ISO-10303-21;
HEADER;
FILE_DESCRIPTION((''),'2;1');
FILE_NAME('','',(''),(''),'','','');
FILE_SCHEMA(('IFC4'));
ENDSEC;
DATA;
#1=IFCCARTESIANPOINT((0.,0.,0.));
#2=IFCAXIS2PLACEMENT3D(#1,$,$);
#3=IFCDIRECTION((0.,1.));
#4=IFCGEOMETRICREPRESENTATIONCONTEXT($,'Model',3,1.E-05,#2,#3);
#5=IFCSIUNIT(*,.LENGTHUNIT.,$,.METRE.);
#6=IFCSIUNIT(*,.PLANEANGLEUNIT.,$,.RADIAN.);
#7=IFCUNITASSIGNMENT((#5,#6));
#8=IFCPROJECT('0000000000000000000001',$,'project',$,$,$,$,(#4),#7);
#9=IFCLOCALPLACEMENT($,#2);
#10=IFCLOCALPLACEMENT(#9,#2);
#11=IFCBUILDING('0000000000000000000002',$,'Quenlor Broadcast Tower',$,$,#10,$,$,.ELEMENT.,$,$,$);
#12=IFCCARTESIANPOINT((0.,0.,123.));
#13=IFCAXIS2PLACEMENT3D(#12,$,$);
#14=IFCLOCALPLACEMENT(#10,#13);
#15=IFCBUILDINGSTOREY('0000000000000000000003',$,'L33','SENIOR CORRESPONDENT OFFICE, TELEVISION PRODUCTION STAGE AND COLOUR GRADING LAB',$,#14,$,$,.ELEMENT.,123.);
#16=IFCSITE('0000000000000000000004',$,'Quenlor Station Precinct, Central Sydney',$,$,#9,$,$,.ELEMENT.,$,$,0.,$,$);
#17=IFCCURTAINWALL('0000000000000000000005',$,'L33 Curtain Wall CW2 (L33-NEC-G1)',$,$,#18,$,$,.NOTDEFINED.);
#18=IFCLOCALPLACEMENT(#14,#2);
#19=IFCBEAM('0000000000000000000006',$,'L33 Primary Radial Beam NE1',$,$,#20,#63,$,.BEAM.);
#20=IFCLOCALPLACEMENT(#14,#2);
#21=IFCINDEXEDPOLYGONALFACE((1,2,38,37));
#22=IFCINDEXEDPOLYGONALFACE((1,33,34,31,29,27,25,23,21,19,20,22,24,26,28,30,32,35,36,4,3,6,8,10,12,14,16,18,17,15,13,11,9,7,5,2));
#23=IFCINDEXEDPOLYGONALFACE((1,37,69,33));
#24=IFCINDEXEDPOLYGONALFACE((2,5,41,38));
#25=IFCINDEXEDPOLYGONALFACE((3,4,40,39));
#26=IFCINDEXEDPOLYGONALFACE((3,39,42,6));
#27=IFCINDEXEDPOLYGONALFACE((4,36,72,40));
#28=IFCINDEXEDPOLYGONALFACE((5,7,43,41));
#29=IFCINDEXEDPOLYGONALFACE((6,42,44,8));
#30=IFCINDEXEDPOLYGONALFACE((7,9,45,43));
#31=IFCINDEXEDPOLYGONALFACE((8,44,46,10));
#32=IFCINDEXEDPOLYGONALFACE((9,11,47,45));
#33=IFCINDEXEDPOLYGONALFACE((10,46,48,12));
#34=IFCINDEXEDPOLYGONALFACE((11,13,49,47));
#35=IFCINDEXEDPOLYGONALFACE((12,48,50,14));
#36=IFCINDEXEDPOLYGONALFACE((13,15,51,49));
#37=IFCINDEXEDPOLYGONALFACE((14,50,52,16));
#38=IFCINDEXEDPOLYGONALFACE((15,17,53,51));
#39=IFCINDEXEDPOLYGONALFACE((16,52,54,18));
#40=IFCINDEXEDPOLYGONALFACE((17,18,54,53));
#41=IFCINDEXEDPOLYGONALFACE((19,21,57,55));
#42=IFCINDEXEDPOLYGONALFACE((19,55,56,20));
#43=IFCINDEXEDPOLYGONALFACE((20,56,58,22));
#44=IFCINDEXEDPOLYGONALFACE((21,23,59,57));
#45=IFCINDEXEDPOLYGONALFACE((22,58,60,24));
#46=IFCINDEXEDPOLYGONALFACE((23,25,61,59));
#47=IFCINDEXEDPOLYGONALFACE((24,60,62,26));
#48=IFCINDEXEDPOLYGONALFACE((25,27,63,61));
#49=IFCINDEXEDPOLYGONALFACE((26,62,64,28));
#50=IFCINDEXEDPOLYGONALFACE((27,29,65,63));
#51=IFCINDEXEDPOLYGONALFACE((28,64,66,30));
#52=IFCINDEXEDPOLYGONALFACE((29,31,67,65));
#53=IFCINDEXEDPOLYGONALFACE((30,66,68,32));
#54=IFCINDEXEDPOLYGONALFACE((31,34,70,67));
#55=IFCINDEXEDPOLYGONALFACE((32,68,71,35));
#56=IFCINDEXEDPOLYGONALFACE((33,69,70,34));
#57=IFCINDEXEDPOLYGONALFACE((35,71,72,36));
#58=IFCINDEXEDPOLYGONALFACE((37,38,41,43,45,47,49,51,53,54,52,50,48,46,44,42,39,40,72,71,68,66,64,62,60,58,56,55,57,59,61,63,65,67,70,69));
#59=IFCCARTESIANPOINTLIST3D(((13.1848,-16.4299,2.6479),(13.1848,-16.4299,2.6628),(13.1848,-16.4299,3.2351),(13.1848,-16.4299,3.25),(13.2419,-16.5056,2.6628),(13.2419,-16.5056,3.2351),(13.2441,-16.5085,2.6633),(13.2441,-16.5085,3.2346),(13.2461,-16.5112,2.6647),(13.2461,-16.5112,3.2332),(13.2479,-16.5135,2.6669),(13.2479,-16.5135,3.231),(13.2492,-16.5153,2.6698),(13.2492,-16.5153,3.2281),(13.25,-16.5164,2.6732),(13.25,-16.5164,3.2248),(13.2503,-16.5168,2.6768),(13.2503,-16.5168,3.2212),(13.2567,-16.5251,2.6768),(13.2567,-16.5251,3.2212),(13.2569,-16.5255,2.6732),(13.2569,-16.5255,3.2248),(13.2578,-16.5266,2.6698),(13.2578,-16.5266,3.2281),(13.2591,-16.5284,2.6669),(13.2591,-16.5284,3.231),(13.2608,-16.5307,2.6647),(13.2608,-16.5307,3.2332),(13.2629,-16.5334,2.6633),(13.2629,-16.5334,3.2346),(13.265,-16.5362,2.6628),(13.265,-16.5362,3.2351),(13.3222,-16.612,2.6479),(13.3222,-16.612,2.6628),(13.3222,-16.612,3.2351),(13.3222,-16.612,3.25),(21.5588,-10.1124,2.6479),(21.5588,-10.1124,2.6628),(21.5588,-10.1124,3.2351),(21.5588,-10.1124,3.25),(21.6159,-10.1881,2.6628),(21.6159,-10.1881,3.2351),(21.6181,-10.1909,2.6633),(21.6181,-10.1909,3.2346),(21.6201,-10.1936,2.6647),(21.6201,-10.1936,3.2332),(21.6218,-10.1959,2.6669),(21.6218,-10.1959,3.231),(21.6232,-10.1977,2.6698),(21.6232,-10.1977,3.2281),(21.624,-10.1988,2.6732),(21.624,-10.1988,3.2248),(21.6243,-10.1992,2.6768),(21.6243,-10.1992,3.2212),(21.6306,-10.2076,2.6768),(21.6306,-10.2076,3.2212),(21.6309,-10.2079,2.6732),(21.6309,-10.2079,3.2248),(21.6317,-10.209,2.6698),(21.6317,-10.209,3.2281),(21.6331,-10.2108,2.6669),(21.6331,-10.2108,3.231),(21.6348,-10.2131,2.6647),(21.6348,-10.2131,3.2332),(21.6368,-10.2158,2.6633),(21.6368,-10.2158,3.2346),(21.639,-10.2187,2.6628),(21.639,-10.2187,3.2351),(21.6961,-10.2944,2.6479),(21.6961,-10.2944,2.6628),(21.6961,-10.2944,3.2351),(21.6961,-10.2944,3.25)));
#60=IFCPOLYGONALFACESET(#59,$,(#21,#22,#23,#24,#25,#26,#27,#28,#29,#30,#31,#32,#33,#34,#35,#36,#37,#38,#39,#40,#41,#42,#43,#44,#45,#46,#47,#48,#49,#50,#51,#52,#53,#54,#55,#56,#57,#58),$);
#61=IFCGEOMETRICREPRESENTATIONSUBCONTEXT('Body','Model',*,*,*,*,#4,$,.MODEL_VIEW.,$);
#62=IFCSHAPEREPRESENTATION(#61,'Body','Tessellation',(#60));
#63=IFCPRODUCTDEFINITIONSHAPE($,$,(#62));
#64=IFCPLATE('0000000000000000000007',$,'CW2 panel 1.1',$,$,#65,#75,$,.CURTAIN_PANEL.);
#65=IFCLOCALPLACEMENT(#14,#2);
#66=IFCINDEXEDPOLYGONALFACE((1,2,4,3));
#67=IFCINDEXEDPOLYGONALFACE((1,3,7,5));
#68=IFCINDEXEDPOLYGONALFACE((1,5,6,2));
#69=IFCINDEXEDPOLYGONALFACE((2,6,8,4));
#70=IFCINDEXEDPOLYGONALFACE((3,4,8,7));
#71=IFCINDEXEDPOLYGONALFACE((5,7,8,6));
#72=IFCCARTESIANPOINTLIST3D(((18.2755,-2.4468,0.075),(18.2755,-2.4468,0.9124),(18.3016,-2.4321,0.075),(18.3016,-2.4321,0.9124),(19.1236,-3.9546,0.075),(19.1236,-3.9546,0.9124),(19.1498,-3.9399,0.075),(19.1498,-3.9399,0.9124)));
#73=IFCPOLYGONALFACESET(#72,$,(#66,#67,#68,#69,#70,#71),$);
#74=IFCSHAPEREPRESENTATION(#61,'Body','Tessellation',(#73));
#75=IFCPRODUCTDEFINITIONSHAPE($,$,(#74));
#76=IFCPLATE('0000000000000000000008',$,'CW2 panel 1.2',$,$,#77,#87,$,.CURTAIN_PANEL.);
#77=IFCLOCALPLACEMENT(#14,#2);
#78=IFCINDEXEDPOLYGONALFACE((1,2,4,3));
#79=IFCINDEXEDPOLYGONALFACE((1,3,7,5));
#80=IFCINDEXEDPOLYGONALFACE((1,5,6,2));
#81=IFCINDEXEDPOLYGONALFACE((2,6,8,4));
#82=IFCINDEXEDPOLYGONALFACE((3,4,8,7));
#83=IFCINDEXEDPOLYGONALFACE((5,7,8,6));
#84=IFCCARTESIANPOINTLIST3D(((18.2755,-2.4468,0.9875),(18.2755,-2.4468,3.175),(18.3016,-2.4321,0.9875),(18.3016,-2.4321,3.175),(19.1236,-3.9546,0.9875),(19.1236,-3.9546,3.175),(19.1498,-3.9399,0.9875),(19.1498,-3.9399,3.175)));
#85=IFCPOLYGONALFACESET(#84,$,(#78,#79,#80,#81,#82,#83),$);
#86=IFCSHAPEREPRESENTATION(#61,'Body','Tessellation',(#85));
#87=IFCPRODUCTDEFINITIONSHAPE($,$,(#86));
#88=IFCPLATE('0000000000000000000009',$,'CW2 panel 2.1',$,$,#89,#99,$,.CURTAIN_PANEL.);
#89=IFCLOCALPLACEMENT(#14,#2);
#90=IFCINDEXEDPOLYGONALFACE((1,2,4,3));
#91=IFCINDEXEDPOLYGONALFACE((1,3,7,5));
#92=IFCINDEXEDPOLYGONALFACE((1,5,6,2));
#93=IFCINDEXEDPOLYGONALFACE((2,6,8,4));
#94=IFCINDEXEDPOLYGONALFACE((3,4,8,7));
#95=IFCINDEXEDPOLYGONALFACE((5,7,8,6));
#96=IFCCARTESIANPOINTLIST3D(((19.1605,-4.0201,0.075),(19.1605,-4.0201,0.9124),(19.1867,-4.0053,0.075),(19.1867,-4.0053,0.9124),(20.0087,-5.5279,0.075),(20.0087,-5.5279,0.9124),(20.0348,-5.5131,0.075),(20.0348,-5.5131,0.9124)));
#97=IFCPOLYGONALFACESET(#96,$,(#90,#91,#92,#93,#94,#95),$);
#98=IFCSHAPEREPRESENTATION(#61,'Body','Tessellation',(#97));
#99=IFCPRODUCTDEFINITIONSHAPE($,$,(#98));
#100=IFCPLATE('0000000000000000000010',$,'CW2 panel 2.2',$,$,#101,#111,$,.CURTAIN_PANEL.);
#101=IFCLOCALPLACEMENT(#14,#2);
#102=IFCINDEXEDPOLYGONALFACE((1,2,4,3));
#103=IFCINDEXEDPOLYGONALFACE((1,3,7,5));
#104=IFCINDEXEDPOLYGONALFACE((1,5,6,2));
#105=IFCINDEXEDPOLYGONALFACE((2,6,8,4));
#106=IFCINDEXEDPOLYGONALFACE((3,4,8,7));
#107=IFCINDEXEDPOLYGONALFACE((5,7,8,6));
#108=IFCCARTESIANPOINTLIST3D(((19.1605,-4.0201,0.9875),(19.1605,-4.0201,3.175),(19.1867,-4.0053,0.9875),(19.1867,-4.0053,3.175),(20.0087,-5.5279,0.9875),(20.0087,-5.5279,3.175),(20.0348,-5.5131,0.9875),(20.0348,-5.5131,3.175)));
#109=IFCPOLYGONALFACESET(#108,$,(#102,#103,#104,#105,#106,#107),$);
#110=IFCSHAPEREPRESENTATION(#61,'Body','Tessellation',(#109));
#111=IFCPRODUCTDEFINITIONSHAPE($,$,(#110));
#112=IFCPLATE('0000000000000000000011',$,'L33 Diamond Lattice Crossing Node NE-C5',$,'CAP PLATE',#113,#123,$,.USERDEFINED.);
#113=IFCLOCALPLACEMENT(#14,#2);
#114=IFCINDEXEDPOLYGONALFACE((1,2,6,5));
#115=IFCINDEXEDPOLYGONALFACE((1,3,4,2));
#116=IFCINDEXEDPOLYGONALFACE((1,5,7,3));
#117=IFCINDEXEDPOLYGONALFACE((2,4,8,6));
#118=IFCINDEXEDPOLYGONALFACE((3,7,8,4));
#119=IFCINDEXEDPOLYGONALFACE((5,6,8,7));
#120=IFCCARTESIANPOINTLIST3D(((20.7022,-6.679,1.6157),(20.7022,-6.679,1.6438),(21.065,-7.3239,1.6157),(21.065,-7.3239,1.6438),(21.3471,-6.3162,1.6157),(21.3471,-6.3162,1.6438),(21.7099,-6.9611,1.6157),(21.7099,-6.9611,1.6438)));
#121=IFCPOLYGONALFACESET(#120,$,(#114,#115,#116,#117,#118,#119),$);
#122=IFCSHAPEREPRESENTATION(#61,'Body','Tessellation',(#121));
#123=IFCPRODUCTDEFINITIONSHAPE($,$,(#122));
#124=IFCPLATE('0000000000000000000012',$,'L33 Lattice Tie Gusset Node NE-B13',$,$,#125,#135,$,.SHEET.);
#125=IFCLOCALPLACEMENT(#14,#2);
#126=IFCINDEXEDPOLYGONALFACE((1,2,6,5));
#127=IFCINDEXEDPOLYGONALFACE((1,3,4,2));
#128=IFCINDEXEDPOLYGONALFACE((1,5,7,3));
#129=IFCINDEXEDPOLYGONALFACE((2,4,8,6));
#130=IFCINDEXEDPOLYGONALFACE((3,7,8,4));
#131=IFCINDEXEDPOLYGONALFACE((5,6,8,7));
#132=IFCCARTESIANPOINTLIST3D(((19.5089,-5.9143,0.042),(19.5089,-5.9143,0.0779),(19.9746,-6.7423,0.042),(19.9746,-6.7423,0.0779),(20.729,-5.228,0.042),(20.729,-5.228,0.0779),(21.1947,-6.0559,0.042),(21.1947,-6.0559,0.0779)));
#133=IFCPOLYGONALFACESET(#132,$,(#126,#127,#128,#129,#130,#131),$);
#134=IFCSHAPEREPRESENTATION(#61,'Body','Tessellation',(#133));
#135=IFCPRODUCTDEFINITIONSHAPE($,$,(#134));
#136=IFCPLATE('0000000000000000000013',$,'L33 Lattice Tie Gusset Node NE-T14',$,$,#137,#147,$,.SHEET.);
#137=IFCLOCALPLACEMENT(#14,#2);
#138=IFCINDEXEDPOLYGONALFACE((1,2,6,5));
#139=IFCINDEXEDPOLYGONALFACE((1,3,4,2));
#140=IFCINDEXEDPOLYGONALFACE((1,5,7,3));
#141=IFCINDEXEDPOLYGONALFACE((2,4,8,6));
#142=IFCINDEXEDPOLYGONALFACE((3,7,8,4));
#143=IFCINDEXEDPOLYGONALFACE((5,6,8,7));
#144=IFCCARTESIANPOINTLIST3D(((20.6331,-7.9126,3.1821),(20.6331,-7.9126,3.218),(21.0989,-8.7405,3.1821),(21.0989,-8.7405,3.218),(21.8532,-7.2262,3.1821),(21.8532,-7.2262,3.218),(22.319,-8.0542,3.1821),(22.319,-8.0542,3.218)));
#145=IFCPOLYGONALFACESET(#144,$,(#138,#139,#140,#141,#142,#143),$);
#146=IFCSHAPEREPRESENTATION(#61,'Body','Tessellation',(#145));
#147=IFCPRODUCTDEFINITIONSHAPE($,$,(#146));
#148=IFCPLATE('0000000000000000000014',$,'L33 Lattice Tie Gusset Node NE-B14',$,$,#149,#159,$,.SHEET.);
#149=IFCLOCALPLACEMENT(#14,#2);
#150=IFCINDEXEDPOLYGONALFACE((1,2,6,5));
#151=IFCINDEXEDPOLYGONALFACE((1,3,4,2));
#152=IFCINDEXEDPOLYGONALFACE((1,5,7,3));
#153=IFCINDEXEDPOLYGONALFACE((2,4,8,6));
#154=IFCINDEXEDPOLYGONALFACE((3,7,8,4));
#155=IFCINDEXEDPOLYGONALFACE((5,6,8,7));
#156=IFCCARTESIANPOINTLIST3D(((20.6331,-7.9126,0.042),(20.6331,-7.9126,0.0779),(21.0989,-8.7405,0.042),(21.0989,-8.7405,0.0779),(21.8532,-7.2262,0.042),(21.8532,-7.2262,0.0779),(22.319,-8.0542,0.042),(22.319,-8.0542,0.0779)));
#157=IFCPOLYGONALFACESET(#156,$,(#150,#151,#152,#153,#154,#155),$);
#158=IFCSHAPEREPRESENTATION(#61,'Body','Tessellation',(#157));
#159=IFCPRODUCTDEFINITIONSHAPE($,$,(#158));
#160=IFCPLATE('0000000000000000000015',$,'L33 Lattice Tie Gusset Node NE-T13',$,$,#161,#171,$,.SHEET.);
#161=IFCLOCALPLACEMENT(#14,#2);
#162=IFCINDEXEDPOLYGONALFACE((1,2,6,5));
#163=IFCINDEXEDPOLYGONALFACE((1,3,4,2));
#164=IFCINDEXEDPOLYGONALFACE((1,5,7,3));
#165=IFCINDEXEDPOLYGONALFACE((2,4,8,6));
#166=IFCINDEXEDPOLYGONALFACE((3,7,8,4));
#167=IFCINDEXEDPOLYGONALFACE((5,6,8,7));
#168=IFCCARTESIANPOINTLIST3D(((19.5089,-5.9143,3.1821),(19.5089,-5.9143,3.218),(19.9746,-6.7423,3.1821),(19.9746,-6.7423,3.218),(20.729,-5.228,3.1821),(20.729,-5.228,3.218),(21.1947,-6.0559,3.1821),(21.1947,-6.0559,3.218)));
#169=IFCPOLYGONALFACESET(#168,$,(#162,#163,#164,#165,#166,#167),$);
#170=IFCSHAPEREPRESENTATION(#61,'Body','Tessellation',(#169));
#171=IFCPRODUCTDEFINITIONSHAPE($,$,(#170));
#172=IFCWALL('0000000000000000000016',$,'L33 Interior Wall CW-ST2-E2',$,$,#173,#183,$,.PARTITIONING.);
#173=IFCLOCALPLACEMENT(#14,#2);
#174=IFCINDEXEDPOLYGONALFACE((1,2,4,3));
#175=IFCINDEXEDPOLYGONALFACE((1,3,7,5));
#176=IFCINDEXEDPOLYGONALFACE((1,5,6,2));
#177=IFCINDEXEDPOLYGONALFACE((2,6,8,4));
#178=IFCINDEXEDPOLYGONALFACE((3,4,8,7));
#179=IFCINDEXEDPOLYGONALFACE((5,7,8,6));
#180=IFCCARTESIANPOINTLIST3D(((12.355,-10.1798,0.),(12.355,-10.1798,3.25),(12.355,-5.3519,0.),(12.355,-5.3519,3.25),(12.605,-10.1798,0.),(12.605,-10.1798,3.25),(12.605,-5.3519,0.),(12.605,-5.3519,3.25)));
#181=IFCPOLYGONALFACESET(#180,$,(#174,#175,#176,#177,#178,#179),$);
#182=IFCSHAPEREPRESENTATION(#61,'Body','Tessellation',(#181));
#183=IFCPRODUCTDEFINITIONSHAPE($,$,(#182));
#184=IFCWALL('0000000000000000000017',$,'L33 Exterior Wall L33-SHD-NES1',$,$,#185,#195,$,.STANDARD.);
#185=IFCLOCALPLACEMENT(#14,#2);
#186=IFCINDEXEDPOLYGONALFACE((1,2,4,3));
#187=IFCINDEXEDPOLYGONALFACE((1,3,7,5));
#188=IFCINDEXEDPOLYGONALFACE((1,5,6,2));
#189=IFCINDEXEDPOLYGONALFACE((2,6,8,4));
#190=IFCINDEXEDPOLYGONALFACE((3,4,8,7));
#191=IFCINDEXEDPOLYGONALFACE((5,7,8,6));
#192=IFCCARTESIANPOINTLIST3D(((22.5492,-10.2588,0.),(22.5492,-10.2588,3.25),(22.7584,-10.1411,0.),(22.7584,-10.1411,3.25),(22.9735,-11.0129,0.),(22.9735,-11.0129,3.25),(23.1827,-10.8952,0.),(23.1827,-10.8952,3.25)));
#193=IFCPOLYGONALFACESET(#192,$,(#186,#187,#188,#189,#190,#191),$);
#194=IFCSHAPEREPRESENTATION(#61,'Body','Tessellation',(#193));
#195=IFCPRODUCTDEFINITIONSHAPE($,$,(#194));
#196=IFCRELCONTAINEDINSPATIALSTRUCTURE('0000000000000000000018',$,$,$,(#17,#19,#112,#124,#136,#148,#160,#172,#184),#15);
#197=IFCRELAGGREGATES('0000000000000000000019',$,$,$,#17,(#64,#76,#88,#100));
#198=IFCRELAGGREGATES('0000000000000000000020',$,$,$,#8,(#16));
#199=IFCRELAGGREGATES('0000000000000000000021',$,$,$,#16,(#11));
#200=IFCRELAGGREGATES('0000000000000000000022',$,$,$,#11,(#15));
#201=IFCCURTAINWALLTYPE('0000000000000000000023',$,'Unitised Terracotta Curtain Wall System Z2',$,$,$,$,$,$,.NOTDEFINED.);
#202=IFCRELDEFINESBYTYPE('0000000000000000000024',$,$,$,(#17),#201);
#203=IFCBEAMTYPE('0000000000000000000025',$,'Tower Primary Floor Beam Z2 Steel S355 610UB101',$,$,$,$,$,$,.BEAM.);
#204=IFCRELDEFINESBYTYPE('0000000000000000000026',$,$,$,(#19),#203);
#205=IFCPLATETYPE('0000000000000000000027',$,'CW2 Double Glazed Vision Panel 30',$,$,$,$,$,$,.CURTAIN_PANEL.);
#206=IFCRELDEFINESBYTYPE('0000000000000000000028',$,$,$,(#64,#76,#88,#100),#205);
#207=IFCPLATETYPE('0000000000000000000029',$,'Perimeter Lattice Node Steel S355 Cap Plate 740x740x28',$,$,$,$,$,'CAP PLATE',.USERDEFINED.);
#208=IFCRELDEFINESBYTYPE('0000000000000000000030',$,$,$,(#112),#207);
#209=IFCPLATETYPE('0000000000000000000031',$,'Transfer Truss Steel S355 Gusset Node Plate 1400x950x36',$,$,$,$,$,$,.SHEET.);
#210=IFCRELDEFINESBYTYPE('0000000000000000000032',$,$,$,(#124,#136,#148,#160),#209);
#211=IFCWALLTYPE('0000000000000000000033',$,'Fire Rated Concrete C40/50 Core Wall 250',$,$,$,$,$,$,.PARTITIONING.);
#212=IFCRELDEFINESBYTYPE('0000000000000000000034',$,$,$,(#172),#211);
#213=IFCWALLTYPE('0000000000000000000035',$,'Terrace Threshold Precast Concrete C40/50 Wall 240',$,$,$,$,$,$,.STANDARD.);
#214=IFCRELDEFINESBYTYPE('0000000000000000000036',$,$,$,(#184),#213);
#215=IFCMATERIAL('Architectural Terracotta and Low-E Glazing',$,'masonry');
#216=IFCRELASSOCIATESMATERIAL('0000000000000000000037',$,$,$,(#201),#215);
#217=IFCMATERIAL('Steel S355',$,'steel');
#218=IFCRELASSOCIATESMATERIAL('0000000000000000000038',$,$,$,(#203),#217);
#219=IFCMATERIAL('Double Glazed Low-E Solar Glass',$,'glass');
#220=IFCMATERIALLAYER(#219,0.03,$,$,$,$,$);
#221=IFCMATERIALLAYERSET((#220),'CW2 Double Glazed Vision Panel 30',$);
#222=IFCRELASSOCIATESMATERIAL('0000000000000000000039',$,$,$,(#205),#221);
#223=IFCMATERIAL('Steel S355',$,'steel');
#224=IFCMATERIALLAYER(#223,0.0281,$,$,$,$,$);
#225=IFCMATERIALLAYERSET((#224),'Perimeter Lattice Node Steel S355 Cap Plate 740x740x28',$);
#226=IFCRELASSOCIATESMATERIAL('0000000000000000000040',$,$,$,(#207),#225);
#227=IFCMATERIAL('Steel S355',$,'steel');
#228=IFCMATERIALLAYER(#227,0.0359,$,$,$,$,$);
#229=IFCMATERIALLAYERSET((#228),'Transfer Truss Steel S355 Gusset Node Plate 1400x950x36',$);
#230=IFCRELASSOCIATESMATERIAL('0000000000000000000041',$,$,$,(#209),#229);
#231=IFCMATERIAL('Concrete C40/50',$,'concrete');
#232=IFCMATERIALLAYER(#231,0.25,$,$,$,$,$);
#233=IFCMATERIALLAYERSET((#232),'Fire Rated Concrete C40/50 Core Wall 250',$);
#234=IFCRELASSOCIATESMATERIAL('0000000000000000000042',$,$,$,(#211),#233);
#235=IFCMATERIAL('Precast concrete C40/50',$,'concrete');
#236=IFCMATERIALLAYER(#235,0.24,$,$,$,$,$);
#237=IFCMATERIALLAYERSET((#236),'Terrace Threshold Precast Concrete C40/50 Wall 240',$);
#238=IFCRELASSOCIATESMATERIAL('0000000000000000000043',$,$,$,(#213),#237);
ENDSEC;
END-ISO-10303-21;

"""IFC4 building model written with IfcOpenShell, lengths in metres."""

from ifc_helpers import new_model, si_unit, direction, frame, frame_2d, origin, origin_2d, place, context, subcontext, project, spatial, rectangle, i_section, extrude, material, layer, layer_set, material_profile, profile_set, type_object, element, aggregate, save


model = new_model("IFC4")

# Units and contexts
model_context = context("Model", 3, precision=1e-05, world=origin(), true_north=direction((0.0, 1.0)))
body_context = subcontext(model_context, "Body", "Model", "MODEL_VIEW")
ifc_project = project(units=[si_unit("LENGTHUNIT", "METRE"), si_unit("PLANEANGLEUNIT", "RADIAN")], contexts=[model_context])

# Site, building, storey
site_placement = place(None, origin())
site = spatial("IfcSite", under=ifc_project, at=site_placement, Name="Quenlor Station Precinct, Central Sydney", CompositionType="ELEMENT", RefElevation=0.0)
building_placement = place(site_placement, origin())
building = spatial("IfcBuilding", under=site, at=building_placement, Name="Quenlor Broadcast Tower", CompositionType="ELEMENT")
storey_placement = place(building_placement, frame((0.0, 0.0, 123.0)))
storey = spatial("IfcBuildingStorey", under=building, at=storey_placement, Name="L33", Description="SENIOR CORRESPONDENT OFFICE, TELEVISION PRODUCTION STAGE AND COLOUR GRADING LAB", CompositionType="ELEMENT", Elevation=123.0)

# Curtain wall
ifc_material_1 = material(Name="Architectural Terracotta and Low-E Glazing", Category="masonry")
curtain_wall_type = type_object("IfcCurtainWallType", Name="Unitised Terracotta Curtain Wall System Z2", PredefinedType="NOTDEFINED", material=ifc_material_1)
curtain_wall_placement = place(storey_placement, origin())
curtain_wall = element("IfcCurtainWall", 1, at=curtain_wall_placement, inside=storey, type_object=curtain_wall_type, Name="L33 Curtain Wall CW2 (L33-NEC-G1)", PredefinedType="NOTDEFINED")

# Beam
ifc_material_2 = material(Name="Steel S355", Category="steel")
ifc_material_profile_1 = material_profile(ifc_material_2, i_section(OverallWidth=0.228, OverallDepth=0.6021, WebThickness=0.0105, FlangeThickness=0.0149, FilletRadius=0.0139, at=origin_2d()))
ifc_profile_set_1 = profile_set([ifc_material_profile_1], Name="Steel S355 610UB101")
beam_type_1 = type_object("IfcBeamType", Name="Tower Primary Floor Beam Z2 Steel S355 610UB101", PredefinedType="BEAM", material=ifc_profile_set_1)
beam_1_placement = place(storey_placement, frame((21.6274, -10.2034, 2.949), z_axis=(-0.798299, -0.602262, 0.0), x_axis=(0.602262, -0.798299, 0.0)))
element("IfcBeam", 2, at=beam_1_placement, inside=storey, type_object=beam_type_1, Name="L33 Primary Radial Beam NE1", PredefinedType="BEAM", context=body_context, shape_type="SweptSolid", body=[
    extrude(i_section(OverallWidth=0.228, OverallDepth=0.6021, WebThickness=0.0105, FlangeThickness=0.0149, FilletRadius=0.0139, at=origin_2d()), origin(), (0.0, 0.0, 1.0), 10.4897),
])

# Plates
ifc_material_3 = material(Name="Double Glazed Low-E Solar Glass", Category="glass")
ifc_layer_1 = layer(ifc_material_3, 0.03)
ifc_layer_set_1 = layer_set([ifc_layer_1], Name="CW2 Double Glazed Vision Panel 30")
plate_type_1 = type_object("IfcPlateType", Name="CW2 Double Glazed Vision Panel 30", PredefinedType="CURTAIN_PANEL", material=ifc_layer_set_1)
plate_1_placement = place(storey_placement, frame((18.7126, -3.1934, 0.075), z_axis=(0.0, 0.0, 1.0), x_axis=(0.490277, -0.871567, 0.0)))
plate_1 = element("IfcPlate", 3, at=plate_1_placement, type_object=plate_type_1, Name="CW2 panel 1.1", PredefinedType="CURTAIN_PANEL", context=body_context, shape_type="SweptSolid", body=[
    extrude(rectangle(XDim=1.73, YDim=0.03, at=origin_2d()), origin(), (0.0, 0.0, 1.0), 0.8374),
])
plate_2_placement = place(storey_placement, frame((18.7126, -3.1934, 0.9875), z_axis=(0.0, 0.0, 1.0), x_axis=(0.490277, -0.871567, 0.0)))
plate_2 = element("IfcPlate", 4, at=plate_2_placement, type_object=plate_type_1, Name="CW2 panel 1.2", PredefinedType="CURTAIN_PANEL", context=body_context, shape_type="SweptSolid", body=[
    extrude(rectangle(XDim=1.73, YDim=0.03, at=origin_2d()), origin(), (0.0, 0.0, 1.0), 2.1875),
])
plate_3_placement = place(storey_placement, frame((19.5977, -4.7666, 0.075), z_axis=(0.0, 0.0, 1.0), x_axis=(0.490277, -0.871567, 0.0)))
plate_3 = element("IfcPlate", 5, at=plate_3_placement, type_object=plate_type_1, Name="CW2 panel 2.1", PredefinedType="CURTAIN_PANEL", context=body_context, shape_type="SweptSolid", body=[
    extrude(rectangle(XDim=1.73, YDim=0.03, at=origin_2d()), origin(), (0.0, 0.0, 1.0), 0.8374),
])
plate_4_placement = place(storey_placement, frame((19.5977, -4.7666, 0.9875), z_axis=(0.0, 0.0, 1.0), x_axis=(0.490277, -0.871567, 0.0)))
plate_4 = element("IfcPlate", 6, at=plate_4_placement, type_object=plate_type_1, Name="CW2 panel 2.2", PredefinedType="CURTAIN_PANEL", context=body_context, shape_type="SweptSolid", body=[
    extrude(rectangle(XDim=1.73, YDim=0.03, at=origin_2d()), origin(), (0.0, 0.0, 1.0), 2.1875),
])
aggregate(curtain_wall, [plate_1, plate_2, plate_3, plate_4])

# Plates
ifc_material_4 = material(Name="Steel S355", Category="steel")
ifc_layer_2 = layer(ifc_material_4, 0.0281)
ifc_layer_set_2 = layer_set([ifc_layer_2], Name="Perimeter Lattice Node Steel S355 Cap Plate 740x740x28")
plate_type_2 = type_object("IfcPlateType", Name="Perimeter Lattice Node Steel S355 Cap Plate 740x740x28", ElementType="CAP PLATE", PredefinedType="USERDEFINED", material=ifc_layer_set_2)
plate_5_placement = place(storey_placement, frame((21.2061, -6.8201, 1.6157), z_axis=(0.0, 0.0, 1.0), x_axis=(0.490295, -0.871556, 0.0)))
element("IfcPlate", 7, at=plate_5_placement, inside=storey, type_object=plate_type_2, Name="L33 Diamond Lattice Crossing Node NE-C5", ObjectType="CAP PLATE", PredefinedType="USERDEFINED", context=body_context, shape_type="SweptSolid", body=[
    extrude(rectangle(XDim=0.74, YDim=0.74, at=origin_2d()), origin(), (0.0, 0.0, 1.0), 0.0281),
])
ifc_material_5 = material(Name="Steel S355", Category="steel")
ifc_layer_3 = layer(ifc_material_5, 0.0359)
ifc_layer_set_3 = layer_set([ifc_layer_3], Name="Transfer Truss Steel S355 Gusset Node Plate 1400x950x36")
plate_type_3 = type_object("IfcPlateType", Name="Transfer Truss Steel S355 Gusset Node Plate 1400x950x36", PredefinedType="SHEET", material=ifc_layer_set_3)
for number, where, z_axis, x_axis, name in (
    (8, (20.3518, -5.9851, 0.042), (0.0, 0.0, 1.0), (0.871556, 0.490295, 0.0), "L33 Lattice Tie Gusset Node NE-B13"),
    (9, (21.4761, -7.9834, 3.1821), (0.0, 0.0, 1.0), (0.871556, 0.490295, 0.0), "L33 Lattice Tie Gusset Node NE-T14"),
    (10, (21.4761, -7.9834, 0.042), (0.0, 0.0, 1.0), (0.871556, 0.490295, 0.0), "L33 Lattice Tie Gusset Node NE-B14"),
    (11, (20.3518, -5.9851, 3.1821), (0.0, 0.0, 1.0), (0.871556, 0.490295, 0.0), "L33 Lattice Tie Gusset Node NE-T13"),
):
    element("IfcPlate", number, at=place(storey_placement, frame(where, z_axis=z_axis, x_axis=x_axis)), inside=storey, type_object=plate_type_3, Name=name, PredefinedType="SHEET", context=body_context, shape_type="SweptSolid", body=[
        extrude(rectangle(XDim=1.3999, YDim=0.95, at=origin_2d()), origin(), (0.0, 0.0, 1.0), 0.0359),
    ])

# Wall
ifc_material_6 = material(Name="Concrete C40/50", Category="concrete")
ifc_layer_4 = layer(ifc_material_6, 0.25)
ifc_layer_set_4 = layer_set([ifc_layer_4], Name="Fire Rated Concrete C40/50 Core Wall 250")
wall_type_1 = type_object("IfcWallType", Name="Fire Rated Concrete C40/50 Core Wall 250", PredefinedType="PARTITIONING", material=ifc_layer_set_4)
wall_1_placement = place(storey_placement, frame((12.48, -10.1799, 0.0), z_axis=(0.0, 0.0, 1.0), x_axis=(0.0, 1.0, 0.0)))
element("IfcWall", 12, at=wall_1_placement, inside=storey, type_object=wall_type_1, Name="L33 Interior Wall CW-ST2-E2", PredefinedType="PARTITIONING", context=body_context, shape_type="SweptSolid", body=[
    extrude(rectangle(XDim=4.8279, YDim=0.25, at=frame_2d((2.4141, 0.0))), origin(), (0.0, 0.0, 1.0), 3.25),
])

# Wall
ifc_material_7 = material(Name="Precast concrete C40/50", Category="concrete")
ifc_layer_5 = layer(ifc_material_7, 0.24)
ifc_layer_set_5 = layer_set([ifc_layer_5], Name="Terrace Threshold Precast Concrete C40/50 Wall 240")
wall_type_2 = type_object("IfcWallType", Name="Terrace Threshold Precast Concrete C40/50 Wall 240", PredefinedType="STANDARD", material=ifc_layer_set_5)
wall_2_placement = place(storey_placement, frame((22.6538, -10.2, 0.0), z_axis=(0.0, 0.0, 1.0), x_axis=(0.490355, -0.871523, 0.0)))
element("IfcWall", 13, at=wall_2_placement, inside=storey, type_object=wall_type_2, Name="L33 Exterior Wall L33-SHD-NES1", PredefinedType="STANDARD", context=body_context, shape_type="SweptSolid", body=[
    extrude(rectangle(XDim=0.8652, YDim=0.24, at=frame_2d((0.4326, 0.0))), origin(), (0.0, 0.0, 1.0), 3.25),
])

save(model, "model.ifc")
